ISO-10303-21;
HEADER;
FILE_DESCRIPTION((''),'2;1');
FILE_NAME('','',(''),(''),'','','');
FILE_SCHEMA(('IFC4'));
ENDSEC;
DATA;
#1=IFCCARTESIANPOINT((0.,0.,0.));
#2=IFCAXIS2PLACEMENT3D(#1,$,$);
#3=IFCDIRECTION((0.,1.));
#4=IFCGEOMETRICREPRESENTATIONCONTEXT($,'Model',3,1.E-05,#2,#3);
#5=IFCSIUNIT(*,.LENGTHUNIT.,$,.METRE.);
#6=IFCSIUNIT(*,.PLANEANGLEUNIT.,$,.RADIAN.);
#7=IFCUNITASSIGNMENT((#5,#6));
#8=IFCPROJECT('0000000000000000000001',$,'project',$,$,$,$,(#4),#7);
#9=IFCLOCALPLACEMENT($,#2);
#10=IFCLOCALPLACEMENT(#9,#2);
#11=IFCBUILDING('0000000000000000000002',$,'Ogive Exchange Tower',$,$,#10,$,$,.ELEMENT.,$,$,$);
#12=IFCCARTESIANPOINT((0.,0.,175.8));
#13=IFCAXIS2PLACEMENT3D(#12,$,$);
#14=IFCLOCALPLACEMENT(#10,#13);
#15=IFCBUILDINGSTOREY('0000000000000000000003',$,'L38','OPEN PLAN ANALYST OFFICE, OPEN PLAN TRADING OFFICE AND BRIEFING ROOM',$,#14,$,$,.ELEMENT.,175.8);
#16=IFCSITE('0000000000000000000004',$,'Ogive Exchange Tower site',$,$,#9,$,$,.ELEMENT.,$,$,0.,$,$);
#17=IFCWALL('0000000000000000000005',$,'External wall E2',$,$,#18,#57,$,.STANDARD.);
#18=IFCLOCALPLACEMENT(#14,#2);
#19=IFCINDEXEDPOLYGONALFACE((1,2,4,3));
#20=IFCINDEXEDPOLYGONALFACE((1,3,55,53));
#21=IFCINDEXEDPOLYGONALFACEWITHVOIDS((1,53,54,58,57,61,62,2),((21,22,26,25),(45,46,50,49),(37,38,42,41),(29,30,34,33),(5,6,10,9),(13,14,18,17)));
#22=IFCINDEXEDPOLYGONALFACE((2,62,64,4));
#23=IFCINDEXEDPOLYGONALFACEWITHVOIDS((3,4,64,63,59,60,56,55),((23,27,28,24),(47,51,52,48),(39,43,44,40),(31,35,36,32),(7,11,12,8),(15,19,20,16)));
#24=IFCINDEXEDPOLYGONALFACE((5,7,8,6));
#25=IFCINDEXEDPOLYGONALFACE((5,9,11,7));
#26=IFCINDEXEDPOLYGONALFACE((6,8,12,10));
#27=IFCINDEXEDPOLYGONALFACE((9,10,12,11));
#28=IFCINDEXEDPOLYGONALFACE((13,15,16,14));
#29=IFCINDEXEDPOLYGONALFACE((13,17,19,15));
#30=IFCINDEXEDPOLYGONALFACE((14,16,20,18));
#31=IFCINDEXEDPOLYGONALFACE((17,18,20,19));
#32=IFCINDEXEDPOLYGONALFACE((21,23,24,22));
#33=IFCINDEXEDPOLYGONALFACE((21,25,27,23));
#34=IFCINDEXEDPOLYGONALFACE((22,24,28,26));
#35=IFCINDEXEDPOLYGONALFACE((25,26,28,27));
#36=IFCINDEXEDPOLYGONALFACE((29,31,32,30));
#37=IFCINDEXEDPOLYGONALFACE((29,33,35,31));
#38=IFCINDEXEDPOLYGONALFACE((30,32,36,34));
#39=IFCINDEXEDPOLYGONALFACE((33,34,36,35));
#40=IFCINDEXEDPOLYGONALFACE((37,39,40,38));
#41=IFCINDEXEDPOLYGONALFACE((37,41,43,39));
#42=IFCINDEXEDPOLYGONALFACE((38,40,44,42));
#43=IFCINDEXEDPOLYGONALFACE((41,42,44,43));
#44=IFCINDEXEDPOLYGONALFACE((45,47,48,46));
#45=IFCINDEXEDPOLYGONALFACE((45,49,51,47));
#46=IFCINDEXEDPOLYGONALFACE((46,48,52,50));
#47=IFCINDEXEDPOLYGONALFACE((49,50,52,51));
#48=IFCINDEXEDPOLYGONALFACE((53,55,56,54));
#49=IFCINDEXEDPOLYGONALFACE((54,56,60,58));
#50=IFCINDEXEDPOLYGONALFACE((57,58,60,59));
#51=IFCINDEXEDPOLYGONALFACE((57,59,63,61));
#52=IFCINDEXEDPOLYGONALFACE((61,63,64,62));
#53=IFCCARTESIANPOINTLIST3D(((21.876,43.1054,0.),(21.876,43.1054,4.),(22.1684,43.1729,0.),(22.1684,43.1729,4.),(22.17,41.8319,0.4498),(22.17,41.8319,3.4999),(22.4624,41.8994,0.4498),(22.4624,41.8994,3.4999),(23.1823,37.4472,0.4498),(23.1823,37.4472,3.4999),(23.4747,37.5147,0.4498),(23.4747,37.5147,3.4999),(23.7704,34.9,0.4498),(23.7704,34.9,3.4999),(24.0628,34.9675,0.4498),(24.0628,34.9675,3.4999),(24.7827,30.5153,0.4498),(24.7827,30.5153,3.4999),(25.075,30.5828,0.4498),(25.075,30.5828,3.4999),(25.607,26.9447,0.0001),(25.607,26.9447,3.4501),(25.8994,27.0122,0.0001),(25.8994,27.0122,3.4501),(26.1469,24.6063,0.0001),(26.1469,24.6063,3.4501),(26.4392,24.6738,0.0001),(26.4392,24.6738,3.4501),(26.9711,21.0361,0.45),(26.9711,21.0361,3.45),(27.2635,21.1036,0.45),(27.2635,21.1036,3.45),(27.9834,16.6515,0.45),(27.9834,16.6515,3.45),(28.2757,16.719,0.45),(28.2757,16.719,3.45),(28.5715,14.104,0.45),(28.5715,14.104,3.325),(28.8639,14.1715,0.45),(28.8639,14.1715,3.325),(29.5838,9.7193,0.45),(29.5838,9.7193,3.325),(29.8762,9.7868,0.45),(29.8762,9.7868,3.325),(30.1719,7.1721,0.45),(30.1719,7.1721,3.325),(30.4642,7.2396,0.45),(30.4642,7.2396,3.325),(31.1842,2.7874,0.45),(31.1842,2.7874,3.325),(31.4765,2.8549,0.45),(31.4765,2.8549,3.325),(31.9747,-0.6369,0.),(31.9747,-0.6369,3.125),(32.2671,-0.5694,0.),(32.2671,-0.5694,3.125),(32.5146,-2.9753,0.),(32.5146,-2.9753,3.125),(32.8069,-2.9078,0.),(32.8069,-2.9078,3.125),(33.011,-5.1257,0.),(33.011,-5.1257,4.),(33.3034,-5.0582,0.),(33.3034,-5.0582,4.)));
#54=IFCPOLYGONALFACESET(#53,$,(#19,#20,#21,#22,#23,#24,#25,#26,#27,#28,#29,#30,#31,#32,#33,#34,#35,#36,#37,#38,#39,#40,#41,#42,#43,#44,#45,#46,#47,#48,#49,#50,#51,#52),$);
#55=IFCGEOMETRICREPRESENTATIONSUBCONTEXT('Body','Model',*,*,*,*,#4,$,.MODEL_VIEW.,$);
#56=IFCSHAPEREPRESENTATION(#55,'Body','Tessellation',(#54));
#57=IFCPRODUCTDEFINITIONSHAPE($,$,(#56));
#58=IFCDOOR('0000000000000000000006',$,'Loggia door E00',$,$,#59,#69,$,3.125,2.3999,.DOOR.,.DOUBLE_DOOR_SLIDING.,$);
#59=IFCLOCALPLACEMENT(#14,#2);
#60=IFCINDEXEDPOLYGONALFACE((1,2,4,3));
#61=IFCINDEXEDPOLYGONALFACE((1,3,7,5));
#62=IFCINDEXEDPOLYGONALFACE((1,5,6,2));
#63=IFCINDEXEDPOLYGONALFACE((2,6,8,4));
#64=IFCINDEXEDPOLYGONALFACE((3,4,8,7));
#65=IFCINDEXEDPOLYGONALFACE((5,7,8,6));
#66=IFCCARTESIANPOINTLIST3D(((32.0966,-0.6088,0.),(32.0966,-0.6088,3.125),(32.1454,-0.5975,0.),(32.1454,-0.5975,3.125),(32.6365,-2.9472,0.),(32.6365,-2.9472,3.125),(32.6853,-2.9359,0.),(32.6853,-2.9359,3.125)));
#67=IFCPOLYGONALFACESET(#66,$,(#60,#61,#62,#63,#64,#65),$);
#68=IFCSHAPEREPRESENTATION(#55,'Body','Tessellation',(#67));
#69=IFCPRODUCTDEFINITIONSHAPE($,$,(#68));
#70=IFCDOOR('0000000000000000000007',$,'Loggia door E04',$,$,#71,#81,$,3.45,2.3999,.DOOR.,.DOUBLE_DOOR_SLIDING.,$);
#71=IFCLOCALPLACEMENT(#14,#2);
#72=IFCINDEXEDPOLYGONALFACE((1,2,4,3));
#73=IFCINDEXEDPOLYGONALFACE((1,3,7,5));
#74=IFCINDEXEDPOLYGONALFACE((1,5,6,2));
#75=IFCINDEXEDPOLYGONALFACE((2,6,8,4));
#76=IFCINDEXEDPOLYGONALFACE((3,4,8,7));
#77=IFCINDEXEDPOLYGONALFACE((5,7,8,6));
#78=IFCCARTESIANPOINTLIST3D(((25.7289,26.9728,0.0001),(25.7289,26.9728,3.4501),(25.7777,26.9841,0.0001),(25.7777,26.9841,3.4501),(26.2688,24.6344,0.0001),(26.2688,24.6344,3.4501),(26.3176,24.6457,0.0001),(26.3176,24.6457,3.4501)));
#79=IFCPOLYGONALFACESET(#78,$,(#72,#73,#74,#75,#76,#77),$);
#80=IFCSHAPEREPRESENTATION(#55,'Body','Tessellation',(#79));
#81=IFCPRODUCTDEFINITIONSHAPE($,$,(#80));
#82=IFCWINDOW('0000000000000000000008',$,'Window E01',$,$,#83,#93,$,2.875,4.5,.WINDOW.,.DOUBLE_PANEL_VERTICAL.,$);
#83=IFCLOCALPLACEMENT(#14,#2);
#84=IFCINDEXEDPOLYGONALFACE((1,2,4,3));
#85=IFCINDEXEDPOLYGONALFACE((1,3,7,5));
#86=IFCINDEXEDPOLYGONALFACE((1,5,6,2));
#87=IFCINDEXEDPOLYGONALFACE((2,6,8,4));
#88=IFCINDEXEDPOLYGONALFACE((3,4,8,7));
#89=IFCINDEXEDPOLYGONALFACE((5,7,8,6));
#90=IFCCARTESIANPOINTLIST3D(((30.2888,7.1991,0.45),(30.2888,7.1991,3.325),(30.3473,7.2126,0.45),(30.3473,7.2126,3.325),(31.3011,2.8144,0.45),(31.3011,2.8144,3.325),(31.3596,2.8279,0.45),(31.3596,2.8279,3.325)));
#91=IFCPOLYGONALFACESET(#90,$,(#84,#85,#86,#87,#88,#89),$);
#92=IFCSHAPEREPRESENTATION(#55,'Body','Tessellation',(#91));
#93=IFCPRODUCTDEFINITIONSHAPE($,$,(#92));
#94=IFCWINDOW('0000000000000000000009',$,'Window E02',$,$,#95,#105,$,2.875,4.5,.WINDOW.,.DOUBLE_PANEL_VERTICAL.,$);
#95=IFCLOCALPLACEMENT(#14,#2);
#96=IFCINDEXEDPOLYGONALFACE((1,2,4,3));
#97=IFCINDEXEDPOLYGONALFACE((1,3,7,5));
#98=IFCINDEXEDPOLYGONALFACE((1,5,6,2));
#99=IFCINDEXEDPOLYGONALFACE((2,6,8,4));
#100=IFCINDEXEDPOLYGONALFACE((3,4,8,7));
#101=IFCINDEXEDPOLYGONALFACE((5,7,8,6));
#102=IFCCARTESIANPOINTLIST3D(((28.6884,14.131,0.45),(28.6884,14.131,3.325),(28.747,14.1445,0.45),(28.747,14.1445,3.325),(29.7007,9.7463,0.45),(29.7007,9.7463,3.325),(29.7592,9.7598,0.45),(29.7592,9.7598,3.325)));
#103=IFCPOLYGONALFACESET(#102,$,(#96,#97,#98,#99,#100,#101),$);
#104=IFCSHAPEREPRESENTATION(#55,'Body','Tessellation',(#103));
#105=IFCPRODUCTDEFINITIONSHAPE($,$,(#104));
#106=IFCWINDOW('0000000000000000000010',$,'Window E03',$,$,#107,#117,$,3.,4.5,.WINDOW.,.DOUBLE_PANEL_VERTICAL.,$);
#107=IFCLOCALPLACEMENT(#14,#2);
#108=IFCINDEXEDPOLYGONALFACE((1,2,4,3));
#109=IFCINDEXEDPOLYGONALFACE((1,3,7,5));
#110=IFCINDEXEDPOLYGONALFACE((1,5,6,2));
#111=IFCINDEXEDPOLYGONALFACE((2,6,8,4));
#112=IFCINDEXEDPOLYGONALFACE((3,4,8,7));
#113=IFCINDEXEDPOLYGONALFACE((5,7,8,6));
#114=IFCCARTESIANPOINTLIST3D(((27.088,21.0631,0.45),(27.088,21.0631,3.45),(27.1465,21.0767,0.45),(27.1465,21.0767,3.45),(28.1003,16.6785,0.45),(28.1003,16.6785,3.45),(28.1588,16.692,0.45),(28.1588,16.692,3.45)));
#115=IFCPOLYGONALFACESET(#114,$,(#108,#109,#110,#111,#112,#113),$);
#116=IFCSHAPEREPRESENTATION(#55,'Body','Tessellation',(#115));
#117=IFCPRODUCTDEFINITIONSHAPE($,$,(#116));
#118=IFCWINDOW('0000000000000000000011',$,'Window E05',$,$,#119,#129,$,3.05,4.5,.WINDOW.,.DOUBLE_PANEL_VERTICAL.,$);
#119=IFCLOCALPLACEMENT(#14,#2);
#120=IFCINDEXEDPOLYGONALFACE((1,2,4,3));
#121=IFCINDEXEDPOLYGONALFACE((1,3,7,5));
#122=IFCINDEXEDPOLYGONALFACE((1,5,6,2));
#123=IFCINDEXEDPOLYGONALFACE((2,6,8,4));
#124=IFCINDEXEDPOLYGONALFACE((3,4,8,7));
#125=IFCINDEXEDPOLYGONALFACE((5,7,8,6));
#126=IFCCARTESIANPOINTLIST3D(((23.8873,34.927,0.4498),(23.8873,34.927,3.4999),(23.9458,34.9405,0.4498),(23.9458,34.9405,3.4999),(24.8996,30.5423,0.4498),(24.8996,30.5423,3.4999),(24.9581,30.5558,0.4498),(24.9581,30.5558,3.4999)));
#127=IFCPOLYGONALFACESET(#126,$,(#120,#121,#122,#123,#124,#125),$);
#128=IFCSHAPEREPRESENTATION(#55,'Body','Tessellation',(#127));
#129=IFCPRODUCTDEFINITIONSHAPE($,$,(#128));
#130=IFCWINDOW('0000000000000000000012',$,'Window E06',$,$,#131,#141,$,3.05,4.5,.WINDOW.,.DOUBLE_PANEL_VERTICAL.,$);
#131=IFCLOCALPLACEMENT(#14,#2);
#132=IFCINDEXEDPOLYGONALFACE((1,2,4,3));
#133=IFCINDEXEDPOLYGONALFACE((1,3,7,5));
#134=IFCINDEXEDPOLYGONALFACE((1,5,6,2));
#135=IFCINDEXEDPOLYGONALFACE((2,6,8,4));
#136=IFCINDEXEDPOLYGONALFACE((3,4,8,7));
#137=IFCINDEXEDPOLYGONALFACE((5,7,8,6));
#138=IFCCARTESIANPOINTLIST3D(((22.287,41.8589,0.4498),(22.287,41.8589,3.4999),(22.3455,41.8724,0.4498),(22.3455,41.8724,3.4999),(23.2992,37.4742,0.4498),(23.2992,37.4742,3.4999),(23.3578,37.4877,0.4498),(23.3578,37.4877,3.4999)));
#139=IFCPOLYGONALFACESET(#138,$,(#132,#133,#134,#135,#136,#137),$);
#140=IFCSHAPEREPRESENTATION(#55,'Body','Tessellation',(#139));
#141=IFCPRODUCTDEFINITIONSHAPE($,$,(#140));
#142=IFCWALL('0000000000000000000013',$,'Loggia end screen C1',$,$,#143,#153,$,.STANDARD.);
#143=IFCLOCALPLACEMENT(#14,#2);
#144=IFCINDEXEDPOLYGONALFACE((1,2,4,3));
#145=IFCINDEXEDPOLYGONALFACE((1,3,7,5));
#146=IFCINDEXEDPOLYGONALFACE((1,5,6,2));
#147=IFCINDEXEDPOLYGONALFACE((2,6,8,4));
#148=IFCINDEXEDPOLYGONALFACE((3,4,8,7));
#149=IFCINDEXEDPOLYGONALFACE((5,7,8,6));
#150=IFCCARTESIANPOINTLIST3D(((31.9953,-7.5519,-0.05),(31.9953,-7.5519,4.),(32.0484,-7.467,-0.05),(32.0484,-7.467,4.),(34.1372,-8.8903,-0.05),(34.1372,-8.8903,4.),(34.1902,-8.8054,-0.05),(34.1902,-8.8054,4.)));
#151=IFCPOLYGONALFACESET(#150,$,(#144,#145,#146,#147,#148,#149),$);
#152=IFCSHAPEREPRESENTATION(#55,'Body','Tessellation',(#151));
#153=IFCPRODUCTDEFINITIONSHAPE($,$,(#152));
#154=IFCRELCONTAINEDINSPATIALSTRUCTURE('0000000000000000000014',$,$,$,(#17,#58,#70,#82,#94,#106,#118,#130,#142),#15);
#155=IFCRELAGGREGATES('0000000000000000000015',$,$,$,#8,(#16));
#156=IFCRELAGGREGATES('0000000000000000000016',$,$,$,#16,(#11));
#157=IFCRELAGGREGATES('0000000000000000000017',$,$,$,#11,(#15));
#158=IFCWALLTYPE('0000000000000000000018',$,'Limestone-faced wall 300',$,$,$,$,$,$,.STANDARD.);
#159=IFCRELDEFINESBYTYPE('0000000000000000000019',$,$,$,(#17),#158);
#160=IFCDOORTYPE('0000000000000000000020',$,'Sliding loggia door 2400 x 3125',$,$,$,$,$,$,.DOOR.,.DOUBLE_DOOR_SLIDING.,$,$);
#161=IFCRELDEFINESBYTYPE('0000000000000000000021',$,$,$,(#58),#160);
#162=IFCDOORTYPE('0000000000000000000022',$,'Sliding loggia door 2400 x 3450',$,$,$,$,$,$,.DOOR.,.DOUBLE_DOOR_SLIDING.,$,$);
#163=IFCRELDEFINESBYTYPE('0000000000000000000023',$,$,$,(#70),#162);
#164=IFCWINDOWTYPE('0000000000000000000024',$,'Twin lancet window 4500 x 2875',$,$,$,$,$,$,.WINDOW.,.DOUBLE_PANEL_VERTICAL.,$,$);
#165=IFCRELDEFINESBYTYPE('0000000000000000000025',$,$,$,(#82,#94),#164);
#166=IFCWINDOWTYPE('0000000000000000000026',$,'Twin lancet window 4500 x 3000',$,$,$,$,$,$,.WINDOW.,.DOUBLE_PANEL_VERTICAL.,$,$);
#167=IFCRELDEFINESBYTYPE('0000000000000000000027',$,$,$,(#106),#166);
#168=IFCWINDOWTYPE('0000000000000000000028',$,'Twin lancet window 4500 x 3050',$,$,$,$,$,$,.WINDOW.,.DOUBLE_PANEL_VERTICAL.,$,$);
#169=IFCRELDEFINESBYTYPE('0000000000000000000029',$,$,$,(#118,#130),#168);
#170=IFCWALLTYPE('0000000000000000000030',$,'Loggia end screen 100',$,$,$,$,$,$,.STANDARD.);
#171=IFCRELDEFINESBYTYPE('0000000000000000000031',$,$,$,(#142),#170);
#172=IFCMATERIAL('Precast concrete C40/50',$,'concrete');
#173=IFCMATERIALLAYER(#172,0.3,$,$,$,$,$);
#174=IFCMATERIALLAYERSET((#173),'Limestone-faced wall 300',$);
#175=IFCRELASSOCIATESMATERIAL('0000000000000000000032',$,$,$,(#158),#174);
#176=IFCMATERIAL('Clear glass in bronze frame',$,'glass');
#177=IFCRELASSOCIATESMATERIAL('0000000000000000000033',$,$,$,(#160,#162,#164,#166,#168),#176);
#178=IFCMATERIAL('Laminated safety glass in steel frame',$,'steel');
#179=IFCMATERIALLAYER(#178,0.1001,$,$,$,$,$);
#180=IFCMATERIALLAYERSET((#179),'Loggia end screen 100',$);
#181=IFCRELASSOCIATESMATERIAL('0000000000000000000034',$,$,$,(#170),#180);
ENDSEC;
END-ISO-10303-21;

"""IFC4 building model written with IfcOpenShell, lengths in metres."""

from ifc_helpers import new_model, si_unit, direction, frame, frame_2d, origin, place, context, subcontext, project, spatial, rectangle, extrude, material, layer, layer_set, type_object, element, fill, save


model = new_model("IFC4")

# Units and contexts
model_context = context("Model", 3, precision=1e-05, world=origin(), true_north=direction((0.0, 1.0)))
body_context = subcontext(model_context, "Body", "Model", "MODEL_VIEW")
ifc_project = project(units=[si_unit("LENGTHUNIT", "METRE"), si_unit("PLANEANGLEUNIT", "RADIAN")], contexts=[model_context])

# Site, building, storey
site_placement = place(None, origin())
site = spatial("IfcSite", under=ifc_project, at=site_placement, Name="Ogive Exchange Tower site", CompositionType="ELEMENT", RefElevation=0.0)
building_placement = place(site_placement, origin())
building = spatial("IfcBuilding", under=site, at=building_placement, Name="Ogive Exchange Tower", CompositionType="ELEMENT")
storey_placement = place(building_placement, frame((0.0, 0.0, 175.8)))
storey = spatial("IfcBuildingStorey", under=building, at=storey_placement, Name="L38", Description="OPEN PLAN ANALYST OFFICE, OPEN PLAN TRADING OFFICE AND BRIEFING ROOM", CompositionType="ELEMENT", Elevation=175.8)

# Wall, openings, doors, windows
ifc_material_1 = material(Name="Precast concrete C40/50", Category="concrete")
ifc_layer_1 = layer(ifc_material_1, 0.3)
ifc_layer_set_1 = layer_set([ifc_layer_1], Name="Limestone-faced wall 300")
wall_type_1 = type_object("IfcWallType", Name="Limestone-faced wall 300", PredefinedType="STANDARD", material=ifc_layer_set_1)
wall_1_placement = place(storey_placement, frame((33.1572, -5.092, 0.0), z_axis=(0.0, 0.0, 1.0), x_axis=(-0.22495, 0.97437, 0.0)))
wall_1 = element("IfcWall", 1, at=wall_1_placement, inside=storey, type_object=wall_type_1, Name="External wall E2", PredefinedType="STANDARD", context=body_context, shape_type="SweptSolid", body=[
    extrude(rectangle(XDim=49.4998, YDim=0.3, at=frame_2d((24.75, 0.0))), origin(), (0.0, 0.0, 1.0), 4.0),
])
opening_1_placement = place(wall_1_placement, frame((2.207, 0.0, 0.0)))
opening_1 = element("IfcOpeningElement", 2, at=opening_1_placement, cuts=wall_1, PredefinedType="OPENING", context=body_context, shape_type="SweptSolid", body=[
    extrude(rectangle(XDim=2.3999, YDim=3.125, at=frame_2d((1.2, 1.5625))), frame((0.0, 0.1599, 0.0), z_axis=(0.0, -1.0, 0.0), x_axis=(1.0, 0.0, 0.0)), (0.0, 0.0, 1.0), 0.3201),
])
opening_2_placement = place(wall_1_placement, frame((8.1213, 0.0, 0.45)))
opening_2 = element("IfcOpeningElement", 3, at=opening_2_placement, cuts=wall_1, PredefinedType="OPENING", context=body_context, shape_type="SweptSolid", body=[
    extrude(rectangle(XDim=4.5, YDim=2.875, at=frame_2d((2.25, 1.4375))), frame((0.0, 0.1599, 0.0), z_axis=(0.0, -1.0, 0.0), x_axis=(1.0, 0.0, 0.0)), (0.0, 0.0, 1.0), 0.3201),
])
opening_3_placement = place(wall_1_placement, frame((15.2356, 0.0, 0.45)))
opening_3 = element("IfcOpeningElement", 4, at=opening_3_placement, cuts=wall_1, PredefinedType="OPENING", context=body_context, shape_type="SweptSolid", body=[
    extrude(rectangle(XDim=4.5, YDim=2.875, at=frame_2d((2.25, 1.4375))), frame((0.0, 0.1599, 0.0), z_axis=(0.0, -1.0, 0.0), x_axis=(1.0, 0.0, 0.0)), (0.0, 0.0, 1.0), 0.3201),
])
opening_4_placement = place(wall_1_placement, frame((22.3501, 0.0, 0.45)))
opening_4 = element("IfcOpeningElement", 5, at=opening_4_placement, cuts=wall_1, PredefinedType="OPENING", context=body_context, shape_type="SweptSolid", body=[
    extrude(rectangle(XDim=4.5, YDim=3.0, at=frame_2d((2.25, 1.5))), frame((0.0, 0.1599, 0.0), z_axis=(0.0, -1.0, 0.0), x_axis=(1.0, 0.0, 0.0)), (0.0, 0.0, 1.0), 0.3201),
])
opening_5_placement = place(wall_1_placement, frame((30.5142, 0.0, 0.0)))
opening_5 = element("IfcOpeningElement", 6, at=opening_5_placement, cuts=wall_1, PredefinedType="OPENING", context=body_context, shape_type="SweptSolid", body=[
    extrude(rectangle(XDim=2.3999, YDim=3.45, at=frame_2d((1.2, 1.7251))), frame((0.0, 0.1599, 0.0), z_axis=(0.0, -1.0, 0.0), x_axis=(1.0, 0.0, 0.0)), (0.0, 0.0, 1.0), 0.3201),
])
opening_6_placement = place(wall_1_placement, frame((36.5786, 0.0, 0.45)))
opening_6 = element("IfcOpeningElement", 7, at=opening_6_placement, cuts=wall_1, PredefinedType="OPENING", context=body_context, shape_type="SweptSolid", body=[
    extrude(rectangle(XDim=4.5, YDim=3.05, at=frame_2d((2.25, 1.5249))), frame((0.0, 0.1599, 0.0), z_axis=(0.0, -1.0, 0.0), x_axis=(1.0, 0.0, 0.0)), (0.0, 0.0, 1.0), 0.3201),
])
opening_7_placement = place(wall_1_placement, frame((43.6929, 0.0, 0.45)))
opening_7 = element("IfcOpeningElement", 8, at=opening_7_placement, cuts=wall_1, PredefinedType="OPENING", context=body_context, shape_type="SweptSolid", body=[
    extrude(rectangle(XDim=4.5, YDim=3.05, at=frame_2d((2.25, 1.5249))), frame((0.0, 0.1599, 0.0), z_axis=(0.0, -1.0, 0.0), x_axis=(1.0, 0.0, 0.0)), (0.0, 0.0, 1.0), 0.3201),
])
ifc_material_2 = material(Name="Clear glass in bronze frame", Category="glass")
door_type_1 = type_object("IfcDoorType", Name="Sliding loggia door 2400 x 3125", OperationType="DOUBLE_DOOR_SLIDING", PredefinedType="DOOR", material=ifc_material_2)
door_1_placement = place(opening_1_placement, origin())
door_1 = element("IfcDoor", 9, at=door_1_placement, inside=storey, type_object=door_type_1, Name="Loggia door E00", OperationType="DOUBLE_DOOR_SLIDING", OverallHeight=3.125, OverallWidth=2.3999, PredefinedType="DOOR", context=body_context, shape_type="SweptSolid", body=[
    extrude(rectangle(XDim=2.3999, YDim=3.125, at=frame_2d((1.2, 1.5625))), frame((0.0, 0.0249, 0.0), z_axis=(0.0, -1.0, 0.0), x_axis=(1.0, 0.0, 0.0)), (0.0, 0.0, 1.0), 0.05),
])
fill(opening_1, door_1)
door_type_2 = type_object("IfcDoorType", Name="Sliding loggia door 2400 x 3450", OperationType="DOUBLE_DOOR_SLIDING", PredefinedType="DOOR", material=ifc_material_2)
door_2_placement = place(opening_5_placement, origin())
door_2 = element("IfcDoor", 10, at=door_2_placement, inside=storey, type_object=door_type_2, Name="Loggia door E04", OperationType="DOUBLE_DOOR_SLIDING", OverallHeight=3.45, OverallWidth=2.3999, PredefinedType="DOOR", context=body_context, shape_type="SweptSolid", body=[
    extrude(rectangle(XDim=2.3999, YDim=3.45, at=frame_2d((1.2, 1.7251))), frame((0.0, 0.0249, 0.0), z_axis=(0.0, -1.0, 0.0), x_axis=(1.0, 0.0, 0.0)), (0.0, 0.0, 1.0), 0.05),
])
fill(opening_5, door_2)
window_type_1 = type_object("IfcWindowType", Name="Twin lancet window 4500 x 2875", PartitioningType="DOUBLE_PANEL_VERTICAL", PredefinedType="WINDOW", material=ifc_material_2)
window_1_placement = place(opening_2_placement, origin())
window_1 = element("IfcWindow", 11, at=window_1_placement, inside=storey, type_object=window_type_1, Name="Window E01", OverallHeight=2.875, OverallWidth=4.5, PartitioningType="DOUBLE_PANEL_VERTICAL", PredefinedType="WINDOW", context=body_context, shape_type="SweptSolid", body=[
    extrude(rectangle(XDim=4.5, YDim=2.875, at=frame_2d((2.25, 1.4375))), frame((0.0, 0.03, 0.0), z_axis=(0.0, -1.0, 0.0), x_axis=(1.0, 0.0, 0.0)), (0.0, 0.0, 1.0), 0.0601),
])
fill(opening_2, window_1)
window_2_placement = place(opening_3_placement, origin())
window_2 = element("IfcWindow", 12, at=window_2_placement, inside=storey, type_object=window_type_1, Name="Window E02", OverallHeight=2.875, OverallWidth=4.5, PartitioningType="DOUBLE_PANEL_VERTICAL", PredefinedType="WINDOW", context=body_context, shape_type="SweptSolid", body=[
    extrude(rectangle(XDim=4.5, YDim=2.875, at=frame_2d((2.25, 1.4375))), frame((0.0, 0.03, 0.0), z_axis=(0.0, -1.0, 0.0), x_axis=(1.0, 0.0, 0.0)), (0.0, 0.0, 1.0), 0.0601),
])
fill(opening_3, window_2)
window_type_2 = type_object("IfcWindowType", Name="Twin lancet window 4500 x 3000", PartitioningType="DOUBLE_PANEL_VERTICAL", PredefinedType="WINDOW", material=ifc_material_2)
window_3_placement = place(opening_4_placement, origin())
window_3 = element("IfcWindow", 13, at=window_3_placement, inside=storey, type_object=window_type_2, Name="Window E03", OverallHeight=3.0, OverallWidth=4.5, PartitioningType="DOUBLE_PANEL_VERTICAL", PredefinedType="WINDOW", context=body_context, shape_type="SweptSolid", body=[
    extrude(rectangle(XDim=4.5, YDim=3.0, at=frame_2d((2.25, 1.5))), frame((0.0, 0.03, 0.0), z_axis=(0.0, -1.0, 0.0), x_axis=(1.0, 0.0, 0.0)), (0.0, 0.0, 1.0), 0.0601),
])
fill(opening_4, window_3)
window_type_3 = type_object("IfcWindowType", Name="Twin lancet window 4500 x 3050", PartitioningType="DOUBLE_PANEL_VERTICAL", PredefinedType="WINDOW", material=ifc_material_2)
window_4_placement = place(opening_6_placement, origin())
window_4 = element("IfcWindow", 14, at=window_4_placement, inside=storey, type_object=window_type_3, Name="Window E05", OverallHeight=3.05, OverallWidth=4.5, PartitioningType="DOUBLE_PANEL_VERTICAL", PredefinedType="WINDOW", context=body_context, shape_type="SweptSolid", body=[
    extrude(rectangle(XDim=4.5, YDim=3.05, at=frame_2d((2.25, 1.5249))), frame((0.0, 0.03, 0.0), z_axis=(0.0, -1.0, 0.0), x_axis=(1.0, 0.0, 0.0)), (0.0, 0.0, 1.0), 0.0601),
])
fill(opening_6, window_4)
window_5_placement = place(opening_7_placement, origin())
window_5 = element("IfcWindow", 15, at=window_5_placement, inside=storey, type_object=window_type_3, Name="Window E06", OverallHeight=3.05, OverallWidth=4.5, PartitioningType="DOUBLE_PANEL_VERTICAL", PredefinedType="WINDOW", context=body_context, shape_type="SweptSolid", body=[
    extrude(rectangle(XDim=4.5, YDim=3.05, at=frame_2d((2.25, 1.5249))), frame((0.0, 0.03, 0.0), z_axis=(0.0, -1.0, 0.0), x_axis=(1.0, 0.0, 0.0)), (0.0, 0.0, 1.0), 0.0601),
])
fill(opening_7, window_5)

# Wall
ifc_material_3 = material(Name="Laminated safety glass in steel frame", Category="steel")
ifc_layer_2 = layer(ifc_material_3, 0.1001)
ifc_layer_set_2 = layer_set([ifc_layer_2], Name="Loggia end screen 100")
wall_type_2 = type_object("IfcWallType", Name="Loggia end screen 100", PredefinedType="STANDARD", material=ifc_layer_set_2)
wall_2_placement = place(storey_placement, frame((32.022, -7.5095, -0.05), z_axis=(0.0, 0.0, 1.0), x_axis=(0.848047, -0.529921, 0.0)))
element("IfcWall", 16, at=wall_2_placement, inside=storey, type_object=wall_type_2, Name="Loggia end screen C1", PredefinedType="STANDARD", context=body_context, shape_type="SweptSolid", body=[
    extrude(rectangle(XDim=2.5256, YDim=0.1001, at=frame_2d((1.2627, 0.0))), origin(), (0.0, 0.0, 1.0), 4.05),
])

save(model, "model.ifc")
